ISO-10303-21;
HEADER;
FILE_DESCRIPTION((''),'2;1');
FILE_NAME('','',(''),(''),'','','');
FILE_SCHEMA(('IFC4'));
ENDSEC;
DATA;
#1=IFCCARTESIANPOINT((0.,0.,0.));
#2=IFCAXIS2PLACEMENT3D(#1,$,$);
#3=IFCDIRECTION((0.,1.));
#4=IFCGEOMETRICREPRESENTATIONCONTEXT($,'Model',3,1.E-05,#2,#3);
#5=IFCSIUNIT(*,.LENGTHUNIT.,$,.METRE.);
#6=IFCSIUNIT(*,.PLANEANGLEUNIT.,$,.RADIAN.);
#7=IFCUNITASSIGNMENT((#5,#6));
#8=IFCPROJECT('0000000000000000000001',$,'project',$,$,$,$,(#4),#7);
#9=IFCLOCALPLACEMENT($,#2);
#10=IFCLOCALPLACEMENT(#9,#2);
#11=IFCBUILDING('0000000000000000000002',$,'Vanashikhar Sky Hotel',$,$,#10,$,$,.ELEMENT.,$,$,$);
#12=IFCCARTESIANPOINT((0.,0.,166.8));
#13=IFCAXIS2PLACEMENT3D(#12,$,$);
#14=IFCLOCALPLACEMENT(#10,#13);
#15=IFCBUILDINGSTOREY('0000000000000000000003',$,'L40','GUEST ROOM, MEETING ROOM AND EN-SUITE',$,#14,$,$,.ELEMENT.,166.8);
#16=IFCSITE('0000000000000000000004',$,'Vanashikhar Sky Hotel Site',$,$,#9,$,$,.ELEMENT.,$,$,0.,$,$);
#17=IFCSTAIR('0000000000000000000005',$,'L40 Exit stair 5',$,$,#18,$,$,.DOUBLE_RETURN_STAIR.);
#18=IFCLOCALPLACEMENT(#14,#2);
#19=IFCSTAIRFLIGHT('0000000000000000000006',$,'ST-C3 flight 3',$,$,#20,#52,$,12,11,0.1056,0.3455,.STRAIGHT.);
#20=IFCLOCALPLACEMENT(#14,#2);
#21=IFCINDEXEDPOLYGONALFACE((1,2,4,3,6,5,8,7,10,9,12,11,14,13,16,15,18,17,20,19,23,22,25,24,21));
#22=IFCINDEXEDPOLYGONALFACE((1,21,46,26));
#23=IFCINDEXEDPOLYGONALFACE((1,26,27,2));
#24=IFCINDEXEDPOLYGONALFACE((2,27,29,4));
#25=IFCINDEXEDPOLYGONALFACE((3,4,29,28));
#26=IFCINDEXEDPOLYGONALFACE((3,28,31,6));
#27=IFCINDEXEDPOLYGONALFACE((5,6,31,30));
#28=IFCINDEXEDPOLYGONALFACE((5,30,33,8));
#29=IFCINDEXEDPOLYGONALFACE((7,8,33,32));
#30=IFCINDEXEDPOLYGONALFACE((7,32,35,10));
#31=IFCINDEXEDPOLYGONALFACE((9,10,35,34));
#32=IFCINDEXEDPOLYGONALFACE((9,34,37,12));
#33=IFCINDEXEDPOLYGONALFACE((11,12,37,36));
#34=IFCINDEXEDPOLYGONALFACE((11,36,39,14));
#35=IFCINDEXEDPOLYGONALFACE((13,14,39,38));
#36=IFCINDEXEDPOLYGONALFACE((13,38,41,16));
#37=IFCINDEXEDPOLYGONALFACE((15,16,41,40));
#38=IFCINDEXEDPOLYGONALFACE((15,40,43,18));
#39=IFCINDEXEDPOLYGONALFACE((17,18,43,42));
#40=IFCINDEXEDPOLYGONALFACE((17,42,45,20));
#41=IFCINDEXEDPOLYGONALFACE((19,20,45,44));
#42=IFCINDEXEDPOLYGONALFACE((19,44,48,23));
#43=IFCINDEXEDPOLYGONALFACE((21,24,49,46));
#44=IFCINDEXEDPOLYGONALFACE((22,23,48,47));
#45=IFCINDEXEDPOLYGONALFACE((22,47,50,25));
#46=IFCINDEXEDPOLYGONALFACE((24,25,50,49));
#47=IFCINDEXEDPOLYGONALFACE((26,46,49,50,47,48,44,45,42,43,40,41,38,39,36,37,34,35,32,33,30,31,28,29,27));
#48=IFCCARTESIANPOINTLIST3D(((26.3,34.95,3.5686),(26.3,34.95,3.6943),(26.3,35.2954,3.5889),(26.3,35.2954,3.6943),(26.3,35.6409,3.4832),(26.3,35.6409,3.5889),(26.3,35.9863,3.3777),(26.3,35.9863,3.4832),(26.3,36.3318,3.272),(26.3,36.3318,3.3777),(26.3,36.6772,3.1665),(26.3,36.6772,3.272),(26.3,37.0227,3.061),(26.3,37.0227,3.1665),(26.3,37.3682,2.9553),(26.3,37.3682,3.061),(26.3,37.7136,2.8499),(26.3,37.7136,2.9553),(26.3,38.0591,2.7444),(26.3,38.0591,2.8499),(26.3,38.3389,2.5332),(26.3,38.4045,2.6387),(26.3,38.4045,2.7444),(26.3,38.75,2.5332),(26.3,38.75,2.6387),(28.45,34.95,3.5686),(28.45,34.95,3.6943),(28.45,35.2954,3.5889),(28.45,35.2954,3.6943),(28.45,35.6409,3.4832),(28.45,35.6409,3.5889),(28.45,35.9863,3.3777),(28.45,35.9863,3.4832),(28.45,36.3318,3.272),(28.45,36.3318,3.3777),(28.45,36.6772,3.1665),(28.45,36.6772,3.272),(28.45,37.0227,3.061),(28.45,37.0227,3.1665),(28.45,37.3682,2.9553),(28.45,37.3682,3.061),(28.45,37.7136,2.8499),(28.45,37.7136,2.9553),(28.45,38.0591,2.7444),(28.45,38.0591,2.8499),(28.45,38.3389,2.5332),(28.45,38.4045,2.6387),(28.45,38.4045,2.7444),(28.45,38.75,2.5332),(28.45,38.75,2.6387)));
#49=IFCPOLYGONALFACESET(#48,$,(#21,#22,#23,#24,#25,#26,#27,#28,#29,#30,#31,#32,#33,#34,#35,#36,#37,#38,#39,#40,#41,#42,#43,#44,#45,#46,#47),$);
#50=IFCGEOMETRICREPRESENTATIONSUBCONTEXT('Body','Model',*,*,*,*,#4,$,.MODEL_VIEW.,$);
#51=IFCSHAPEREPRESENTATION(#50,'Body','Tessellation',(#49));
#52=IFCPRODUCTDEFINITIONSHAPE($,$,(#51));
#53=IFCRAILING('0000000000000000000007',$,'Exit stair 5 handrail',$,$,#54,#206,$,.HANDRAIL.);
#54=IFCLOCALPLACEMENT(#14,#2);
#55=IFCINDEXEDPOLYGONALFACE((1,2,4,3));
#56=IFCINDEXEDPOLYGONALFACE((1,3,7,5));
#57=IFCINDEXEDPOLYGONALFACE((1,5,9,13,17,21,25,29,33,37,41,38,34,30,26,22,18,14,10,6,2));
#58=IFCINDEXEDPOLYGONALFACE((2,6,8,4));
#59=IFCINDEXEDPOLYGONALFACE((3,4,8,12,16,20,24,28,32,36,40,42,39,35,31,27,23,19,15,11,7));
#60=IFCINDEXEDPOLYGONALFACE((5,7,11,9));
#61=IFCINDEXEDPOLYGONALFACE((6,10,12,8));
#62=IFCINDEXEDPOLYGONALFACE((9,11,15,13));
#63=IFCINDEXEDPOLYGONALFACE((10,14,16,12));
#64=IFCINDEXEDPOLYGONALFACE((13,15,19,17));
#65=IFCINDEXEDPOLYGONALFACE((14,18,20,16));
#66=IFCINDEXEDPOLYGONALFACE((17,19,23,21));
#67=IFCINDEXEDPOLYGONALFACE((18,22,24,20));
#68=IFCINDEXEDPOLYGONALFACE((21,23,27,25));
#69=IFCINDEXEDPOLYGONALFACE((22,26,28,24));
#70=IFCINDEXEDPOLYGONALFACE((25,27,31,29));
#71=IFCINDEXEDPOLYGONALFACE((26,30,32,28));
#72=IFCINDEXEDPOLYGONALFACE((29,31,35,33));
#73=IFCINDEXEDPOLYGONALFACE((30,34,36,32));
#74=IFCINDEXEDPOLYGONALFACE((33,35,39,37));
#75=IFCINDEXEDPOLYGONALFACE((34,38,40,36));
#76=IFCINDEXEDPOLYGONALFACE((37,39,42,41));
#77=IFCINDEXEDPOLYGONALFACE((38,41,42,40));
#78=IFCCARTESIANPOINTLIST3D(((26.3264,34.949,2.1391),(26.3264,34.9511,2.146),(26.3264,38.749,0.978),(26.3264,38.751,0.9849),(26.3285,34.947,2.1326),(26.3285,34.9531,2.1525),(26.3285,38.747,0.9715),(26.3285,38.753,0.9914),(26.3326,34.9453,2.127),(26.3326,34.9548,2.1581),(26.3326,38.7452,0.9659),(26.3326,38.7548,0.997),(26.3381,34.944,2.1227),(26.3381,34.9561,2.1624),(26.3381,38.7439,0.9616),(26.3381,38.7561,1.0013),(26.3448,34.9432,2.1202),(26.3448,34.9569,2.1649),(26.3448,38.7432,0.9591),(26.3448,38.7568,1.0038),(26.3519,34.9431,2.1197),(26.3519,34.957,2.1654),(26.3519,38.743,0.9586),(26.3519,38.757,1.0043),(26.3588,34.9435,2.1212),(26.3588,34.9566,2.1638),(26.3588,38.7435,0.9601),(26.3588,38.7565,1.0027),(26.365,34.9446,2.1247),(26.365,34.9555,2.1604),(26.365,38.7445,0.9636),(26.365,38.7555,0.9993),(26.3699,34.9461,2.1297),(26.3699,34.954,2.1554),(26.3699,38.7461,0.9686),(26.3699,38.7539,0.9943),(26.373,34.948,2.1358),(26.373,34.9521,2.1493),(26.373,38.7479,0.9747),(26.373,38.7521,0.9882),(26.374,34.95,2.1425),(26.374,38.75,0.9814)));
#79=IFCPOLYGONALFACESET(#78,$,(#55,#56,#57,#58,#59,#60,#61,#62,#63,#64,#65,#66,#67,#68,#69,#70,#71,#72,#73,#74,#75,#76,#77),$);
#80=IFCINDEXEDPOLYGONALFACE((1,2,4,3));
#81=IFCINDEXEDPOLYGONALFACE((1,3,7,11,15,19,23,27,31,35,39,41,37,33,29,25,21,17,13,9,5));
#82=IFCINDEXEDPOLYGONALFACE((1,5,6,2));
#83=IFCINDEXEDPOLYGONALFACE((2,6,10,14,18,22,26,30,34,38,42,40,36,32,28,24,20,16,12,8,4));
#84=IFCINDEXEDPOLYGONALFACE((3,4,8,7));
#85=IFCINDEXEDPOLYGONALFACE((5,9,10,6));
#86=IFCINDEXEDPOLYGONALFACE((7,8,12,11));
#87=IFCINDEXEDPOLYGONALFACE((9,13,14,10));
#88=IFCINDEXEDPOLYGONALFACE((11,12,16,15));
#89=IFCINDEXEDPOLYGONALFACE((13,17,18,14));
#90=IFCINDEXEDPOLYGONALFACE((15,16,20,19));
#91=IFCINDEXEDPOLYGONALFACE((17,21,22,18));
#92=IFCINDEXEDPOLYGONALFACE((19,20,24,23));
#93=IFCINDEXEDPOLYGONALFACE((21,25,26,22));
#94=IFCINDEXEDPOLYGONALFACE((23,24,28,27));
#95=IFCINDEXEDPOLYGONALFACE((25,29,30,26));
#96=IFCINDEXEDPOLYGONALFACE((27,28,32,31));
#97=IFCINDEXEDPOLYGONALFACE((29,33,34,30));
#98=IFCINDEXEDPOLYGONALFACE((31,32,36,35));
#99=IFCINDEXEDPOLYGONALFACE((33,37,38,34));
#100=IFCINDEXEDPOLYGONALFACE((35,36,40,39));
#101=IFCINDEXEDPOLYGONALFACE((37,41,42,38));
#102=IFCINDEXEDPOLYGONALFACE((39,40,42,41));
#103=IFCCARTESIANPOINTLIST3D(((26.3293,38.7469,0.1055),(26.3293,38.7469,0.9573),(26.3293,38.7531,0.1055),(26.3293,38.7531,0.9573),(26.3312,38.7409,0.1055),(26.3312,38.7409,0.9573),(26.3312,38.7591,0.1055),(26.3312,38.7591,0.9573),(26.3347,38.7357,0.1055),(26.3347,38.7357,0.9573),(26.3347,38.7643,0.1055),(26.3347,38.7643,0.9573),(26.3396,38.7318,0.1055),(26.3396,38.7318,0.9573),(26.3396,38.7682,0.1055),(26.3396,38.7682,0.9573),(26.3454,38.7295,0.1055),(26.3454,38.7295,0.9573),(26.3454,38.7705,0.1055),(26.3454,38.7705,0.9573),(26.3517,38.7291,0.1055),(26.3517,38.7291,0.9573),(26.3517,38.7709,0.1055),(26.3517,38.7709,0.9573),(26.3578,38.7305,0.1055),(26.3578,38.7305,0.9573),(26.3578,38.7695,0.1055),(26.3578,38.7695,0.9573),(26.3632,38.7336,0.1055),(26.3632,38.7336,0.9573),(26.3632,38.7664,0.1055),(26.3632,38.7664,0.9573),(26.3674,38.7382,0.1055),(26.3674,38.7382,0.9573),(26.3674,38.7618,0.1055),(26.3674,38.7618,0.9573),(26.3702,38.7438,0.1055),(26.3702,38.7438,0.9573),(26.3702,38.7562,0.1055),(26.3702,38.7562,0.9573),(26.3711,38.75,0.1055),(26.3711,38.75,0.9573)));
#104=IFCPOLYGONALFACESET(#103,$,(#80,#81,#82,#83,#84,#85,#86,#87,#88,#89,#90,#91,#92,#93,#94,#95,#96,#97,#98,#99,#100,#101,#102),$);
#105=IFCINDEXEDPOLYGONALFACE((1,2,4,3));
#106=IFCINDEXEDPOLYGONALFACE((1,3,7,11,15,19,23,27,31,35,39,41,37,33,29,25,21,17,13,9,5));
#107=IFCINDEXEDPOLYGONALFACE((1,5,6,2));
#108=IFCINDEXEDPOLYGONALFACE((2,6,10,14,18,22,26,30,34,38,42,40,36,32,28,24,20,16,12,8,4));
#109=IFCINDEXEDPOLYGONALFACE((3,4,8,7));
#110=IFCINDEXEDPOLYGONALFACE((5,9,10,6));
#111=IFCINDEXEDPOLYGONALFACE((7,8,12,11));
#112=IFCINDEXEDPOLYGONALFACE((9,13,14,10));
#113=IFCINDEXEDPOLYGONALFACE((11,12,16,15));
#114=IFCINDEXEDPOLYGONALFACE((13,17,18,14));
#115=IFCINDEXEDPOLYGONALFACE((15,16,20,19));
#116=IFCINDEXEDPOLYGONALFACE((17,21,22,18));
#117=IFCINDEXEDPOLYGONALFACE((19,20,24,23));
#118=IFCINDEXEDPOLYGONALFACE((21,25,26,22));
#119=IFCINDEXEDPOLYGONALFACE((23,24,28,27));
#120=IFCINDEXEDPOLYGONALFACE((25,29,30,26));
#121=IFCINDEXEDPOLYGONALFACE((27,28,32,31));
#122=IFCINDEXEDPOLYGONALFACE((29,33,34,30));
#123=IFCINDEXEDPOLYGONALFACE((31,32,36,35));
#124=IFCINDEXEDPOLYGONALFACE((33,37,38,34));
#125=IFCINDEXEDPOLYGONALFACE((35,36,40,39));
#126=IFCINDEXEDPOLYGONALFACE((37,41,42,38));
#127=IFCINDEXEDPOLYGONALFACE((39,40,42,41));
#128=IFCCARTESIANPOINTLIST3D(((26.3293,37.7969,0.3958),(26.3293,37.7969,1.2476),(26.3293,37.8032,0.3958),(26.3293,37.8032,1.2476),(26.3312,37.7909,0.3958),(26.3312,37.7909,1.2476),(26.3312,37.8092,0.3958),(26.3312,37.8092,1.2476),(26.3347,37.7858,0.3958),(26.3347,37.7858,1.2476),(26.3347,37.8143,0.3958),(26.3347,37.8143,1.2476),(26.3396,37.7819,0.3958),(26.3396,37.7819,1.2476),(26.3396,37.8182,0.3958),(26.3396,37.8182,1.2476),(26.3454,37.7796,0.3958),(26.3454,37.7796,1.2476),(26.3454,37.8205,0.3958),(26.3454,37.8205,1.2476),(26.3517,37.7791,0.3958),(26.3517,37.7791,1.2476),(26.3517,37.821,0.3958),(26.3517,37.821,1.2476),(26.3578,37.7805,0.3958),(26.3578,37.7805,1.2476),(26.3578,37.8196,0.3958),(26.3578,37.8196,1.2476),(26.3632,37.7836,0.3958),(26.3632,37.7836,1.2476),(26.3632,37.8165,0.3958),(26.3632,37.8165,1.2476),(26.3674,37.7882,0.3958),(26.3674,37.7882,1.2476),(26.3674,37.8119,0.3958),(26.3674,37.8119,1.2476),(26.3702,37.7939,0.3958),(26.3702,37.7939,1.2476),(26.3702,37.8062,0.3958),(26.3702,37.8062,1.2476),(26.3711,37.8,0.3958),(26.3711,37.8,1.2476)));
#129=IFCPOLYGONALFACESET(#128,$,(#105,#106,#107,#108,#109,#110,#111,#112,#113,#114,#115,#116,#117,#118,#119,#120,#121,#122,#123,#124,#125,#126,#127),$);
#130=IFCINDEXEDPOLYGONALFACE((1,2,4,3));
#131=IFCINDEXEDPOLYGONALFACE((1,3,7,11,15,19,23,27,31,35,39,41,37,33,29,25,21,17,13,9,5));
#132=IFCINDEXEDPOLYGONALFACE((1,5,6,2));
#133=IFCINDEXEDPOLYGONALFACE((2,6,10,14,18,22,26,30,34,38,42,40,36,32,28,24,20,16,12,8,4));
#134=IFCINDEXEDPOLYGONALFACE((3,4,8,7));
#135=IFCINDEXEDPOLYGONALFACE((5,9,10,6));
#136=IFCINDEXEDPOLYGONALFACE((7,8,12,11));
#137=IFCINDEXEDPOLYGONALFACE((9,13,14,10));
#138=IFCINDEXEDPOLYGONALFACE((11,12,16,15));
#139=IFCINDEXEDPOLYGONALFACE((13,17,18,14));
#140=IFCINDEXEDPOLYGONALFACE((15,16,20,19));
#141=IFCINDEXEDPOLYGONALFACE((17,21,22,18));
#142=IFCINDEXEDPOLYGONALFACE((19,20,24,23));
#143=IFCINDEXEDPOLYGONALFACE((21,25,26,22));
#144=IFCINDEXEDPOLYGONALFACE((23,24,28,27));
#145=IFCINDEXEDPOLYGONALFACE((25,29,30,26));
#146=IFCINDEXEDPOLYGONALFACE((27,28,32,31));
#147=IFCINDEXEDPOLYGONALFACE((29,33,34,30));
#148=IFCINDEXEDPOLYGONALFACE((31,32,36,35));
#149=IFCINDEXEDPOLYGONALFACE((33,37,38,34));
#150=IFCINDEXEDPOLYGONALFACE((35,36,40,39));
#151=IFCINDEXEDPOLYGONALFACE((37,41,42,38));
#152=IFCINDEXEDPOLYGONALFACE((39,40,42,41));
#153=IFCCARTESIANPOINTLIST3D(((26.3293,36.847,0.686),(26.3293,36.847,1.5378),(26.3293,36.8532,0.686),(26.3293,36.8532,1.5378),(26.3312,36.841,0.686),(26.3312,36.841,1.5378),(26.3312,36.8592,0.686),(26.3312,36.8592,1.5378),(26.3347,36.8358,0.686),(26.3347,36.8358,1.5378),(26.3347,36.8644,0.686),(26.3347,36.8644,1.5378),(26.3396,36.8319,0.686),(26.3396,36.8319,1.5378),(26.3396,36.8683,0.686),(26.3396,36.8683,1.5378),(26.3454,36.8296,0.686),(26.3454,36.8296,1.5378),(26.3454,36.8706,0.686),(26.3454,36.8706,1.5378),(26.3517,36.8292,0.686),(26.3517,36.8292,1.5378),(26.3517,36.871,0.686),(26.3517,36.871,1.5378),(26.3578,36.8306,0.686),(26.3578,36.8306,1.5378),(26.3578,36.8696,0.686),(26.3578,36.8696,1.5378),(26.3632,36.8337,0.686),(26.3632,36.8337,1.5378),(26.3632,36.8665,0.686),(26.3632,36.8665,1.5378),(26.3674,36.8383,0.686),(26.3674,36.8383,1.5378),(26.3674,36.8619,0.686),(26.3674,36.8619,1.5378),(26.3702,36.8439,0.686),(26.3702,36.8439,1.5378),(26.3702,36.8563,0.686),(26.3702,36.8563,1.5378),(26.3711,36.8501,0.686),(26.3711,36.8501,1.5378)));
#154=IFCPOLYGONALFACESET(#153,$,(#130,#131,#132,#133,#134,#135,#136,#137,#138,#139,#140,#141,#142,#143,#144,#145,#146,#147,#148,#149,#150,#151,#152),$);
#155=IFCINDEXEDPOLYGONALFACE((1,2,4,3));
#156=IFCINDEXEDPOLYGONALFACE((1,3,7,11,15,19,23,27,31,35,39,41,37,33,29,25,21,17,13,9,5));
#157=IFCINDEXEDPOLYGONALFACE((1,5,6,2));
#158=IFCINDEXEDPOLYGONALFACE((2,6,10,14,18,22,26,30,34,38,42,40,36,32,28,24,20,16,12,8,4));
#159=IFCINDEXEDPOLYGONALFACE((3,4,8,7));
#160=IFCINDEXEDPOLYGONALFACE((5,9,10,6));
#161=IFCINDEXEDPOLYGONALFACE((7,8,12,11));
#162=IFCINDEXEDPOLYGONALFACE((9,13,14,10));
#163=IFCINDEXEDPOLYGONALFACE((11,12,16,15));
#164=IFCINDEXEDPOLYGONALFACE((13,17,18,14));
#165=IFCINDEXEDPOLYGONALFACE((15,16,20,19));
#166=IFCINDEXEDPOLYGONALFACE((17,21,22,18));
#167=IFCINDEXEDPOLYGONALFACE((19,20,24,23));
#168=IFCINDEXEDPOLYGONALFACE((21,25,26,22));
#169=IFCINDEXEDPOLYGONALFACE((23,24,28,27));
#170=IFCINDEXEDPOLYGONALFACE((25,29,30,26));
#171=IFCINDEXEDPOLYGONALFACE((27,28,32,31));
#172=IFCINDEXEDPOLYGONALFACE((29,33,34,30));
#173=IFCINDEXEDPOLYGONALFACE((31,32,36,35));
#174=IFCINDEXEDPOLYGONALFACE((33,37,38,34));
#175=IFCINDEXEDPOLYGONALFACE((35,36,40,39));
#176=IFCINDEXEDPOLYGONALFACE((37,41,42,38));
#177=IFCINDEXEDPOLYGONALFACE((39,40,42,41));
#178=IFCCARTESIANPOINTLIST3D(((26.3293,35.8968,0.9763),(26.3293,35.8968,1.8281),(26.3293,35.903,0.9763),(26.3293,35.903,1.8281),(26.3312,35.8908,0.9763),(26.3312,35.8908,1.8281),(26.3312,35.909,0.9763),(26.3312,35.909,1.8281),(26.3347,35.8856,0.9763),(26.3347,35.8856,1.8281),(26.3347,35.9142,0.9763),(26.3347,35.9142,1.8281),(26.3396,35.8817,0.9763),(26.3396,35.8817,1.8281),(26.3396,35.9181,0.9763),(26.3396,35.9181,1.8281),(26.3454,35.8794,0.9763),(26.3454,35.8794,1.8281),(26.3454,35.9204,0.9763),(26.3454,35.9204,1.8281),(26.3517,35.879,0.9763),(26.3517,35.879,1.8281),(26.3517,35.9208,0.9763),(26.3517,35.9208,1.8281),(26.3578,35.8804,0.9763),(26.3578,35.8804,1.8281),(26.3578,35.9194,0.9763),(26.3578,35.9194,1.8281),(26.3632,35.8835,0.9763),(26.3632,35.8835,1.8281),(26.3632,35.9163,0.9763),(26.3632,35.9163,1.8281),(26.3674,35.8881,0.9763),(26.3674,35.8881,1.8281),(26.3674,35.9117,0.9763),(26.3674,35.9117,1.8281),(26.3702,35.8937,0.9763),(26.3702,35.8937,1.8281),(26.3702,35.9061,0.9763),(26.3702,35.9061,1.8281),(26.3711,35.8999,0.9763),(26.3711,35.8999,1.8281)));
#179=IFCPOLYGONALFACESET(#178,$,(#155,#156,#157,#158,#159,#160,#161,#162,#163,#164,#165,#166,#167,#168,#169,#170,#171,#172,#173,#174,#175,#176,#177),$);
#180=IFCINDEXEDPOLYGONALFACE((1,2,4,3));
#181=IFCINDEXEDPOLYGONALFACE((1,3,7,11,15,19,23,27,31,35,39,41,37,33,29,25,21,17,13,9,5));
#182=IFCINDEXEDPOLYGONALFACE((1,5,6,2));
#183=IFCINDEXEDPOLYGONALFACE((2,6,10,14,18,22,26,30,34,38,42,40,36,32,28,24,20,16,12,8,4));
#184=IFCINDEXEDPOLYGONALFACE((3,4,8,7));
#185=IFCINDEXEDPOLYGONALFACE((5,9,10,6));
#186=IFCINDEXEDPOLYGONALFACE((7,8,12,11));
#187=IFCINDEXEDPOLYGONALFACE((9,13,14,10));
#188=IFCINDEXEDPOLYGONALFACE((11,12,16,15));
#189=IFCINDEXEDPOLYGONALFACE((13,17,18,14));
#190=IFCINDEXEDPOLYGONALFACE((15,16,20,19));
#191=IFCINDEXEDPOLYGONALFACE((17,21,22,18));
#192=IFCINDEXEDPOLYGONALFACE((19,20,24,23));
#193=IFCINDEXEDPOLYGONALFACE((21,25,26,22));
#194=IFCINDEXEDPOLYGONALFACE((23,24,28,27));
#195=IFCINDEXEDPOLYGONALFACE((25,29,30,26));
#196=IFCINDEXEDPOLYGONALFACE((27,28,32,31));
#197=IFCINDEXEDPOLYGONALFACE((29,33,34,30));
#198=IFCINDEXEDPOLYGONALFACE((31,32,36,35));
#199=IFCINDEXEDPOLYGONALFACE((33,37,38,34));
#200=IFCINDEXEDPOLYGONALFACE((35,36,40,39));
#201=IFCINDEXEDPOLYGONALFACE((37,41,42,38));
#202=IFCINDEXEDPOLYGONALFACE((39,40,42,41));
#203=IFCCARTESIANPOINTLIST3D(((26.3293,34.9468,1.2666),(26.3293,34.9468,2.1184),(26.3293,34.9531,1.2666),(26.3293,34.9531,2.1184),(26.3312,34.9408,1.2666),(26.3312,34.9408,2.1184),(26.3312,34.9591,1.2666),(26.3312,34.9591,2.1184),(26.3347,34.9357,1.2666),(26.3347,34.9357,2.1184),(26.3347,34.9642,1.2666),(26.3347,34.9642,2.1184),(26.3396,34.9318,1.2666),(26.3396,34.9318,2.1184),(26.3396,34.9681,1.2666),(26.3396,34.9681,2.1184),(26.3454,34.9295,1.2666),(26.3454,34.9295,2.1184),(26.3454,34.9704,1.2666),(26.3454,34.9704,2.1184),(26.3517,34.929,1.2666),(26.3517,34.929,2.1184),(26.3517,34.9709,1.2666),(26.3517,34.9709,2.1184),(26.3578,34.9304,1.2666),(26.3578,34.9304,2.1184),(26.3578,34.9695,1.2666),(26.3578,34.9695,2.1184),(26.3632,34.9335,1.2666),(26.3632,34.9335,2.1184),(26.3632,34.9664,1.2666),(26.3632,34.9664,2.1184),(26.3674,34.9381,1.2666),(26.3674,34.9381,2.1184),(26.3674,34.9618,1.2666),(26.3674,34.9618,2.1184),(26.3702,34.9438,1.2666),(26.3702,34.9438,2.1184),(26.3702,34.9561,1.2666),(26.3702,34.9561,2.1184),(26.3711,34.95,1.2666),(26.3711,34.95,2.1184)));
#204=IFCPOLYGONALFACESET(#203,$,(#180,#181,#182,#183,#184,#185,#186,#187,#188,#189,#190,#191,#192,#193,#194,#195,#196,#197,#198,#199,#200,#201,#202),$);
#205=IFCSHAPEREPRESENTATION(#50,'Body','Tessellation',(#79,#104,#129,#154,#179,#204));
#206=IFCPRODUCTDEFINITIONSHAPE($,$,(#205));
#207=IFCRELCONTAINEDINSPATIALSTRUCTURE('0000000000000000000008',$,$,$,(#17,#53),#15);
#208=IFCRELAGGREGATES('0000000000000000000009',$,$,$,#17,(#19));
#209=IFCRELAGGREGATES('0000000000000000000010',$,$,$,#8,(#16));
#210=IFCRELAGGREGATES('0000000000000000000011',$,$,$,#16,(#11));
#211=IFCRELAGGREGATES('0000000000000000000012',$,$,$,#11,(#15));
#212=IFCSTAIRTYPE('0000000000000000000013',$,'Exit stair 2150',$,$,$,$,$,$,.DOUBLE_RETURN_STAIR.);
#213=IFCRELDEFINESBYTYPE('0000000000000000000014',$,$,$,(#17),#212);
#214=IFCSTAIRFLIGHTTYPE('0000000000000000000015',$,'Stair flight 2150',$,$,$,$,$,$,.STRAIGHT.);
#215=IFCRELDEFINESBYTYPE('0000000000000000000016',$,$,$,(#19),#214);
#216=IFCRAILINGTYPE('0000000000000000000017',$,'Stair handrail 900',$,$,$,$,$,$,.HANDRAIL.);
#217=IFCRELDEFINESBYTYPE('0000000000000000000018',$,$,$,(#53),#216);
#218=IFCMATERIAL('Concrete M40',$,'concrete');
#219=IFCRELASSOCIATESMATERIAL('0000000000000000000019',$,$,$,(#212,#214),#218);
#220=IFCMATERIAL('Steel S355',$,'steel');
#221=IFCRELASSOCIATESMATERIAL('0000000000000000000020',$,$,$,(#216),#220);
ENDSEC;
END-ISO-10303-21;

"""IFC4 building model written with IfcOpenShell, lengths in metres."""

from ifc_helpers import new_model, si_unit, direction, frame, origin, origin_2d, place, context, subcontext, project, spatial, polyline, circle, outline, extrude, source, transform, mapped, material, type_object, element, aggregate, save


model = new_model("IFC4")

# Units and contexts
model_context = context("Model", 3, precision=1e-05, world=origin(), true_north=direction((0.0, 1.0)))
body_context = subcontext(model_context, "Body", "Model", "MODEL_VIEW")
ifc_project = project(units=[si_unit("LENGTHUNIT", "METRE"), si_unit("PLANEANGLEUNIT", "RADIAN")], contexts=[model_context])

# Site, building, storey
site_placement = place(None, origin())
site = spatial("IfcSite", under=ifc_project, at=site_placement, Name="Vanashikhar Sky Hotel Site", CompositionType="ELEMENT", RefElevation=0.0)
building_placement = place(site_placement, origin())
building = spatial("IfcBuilding", under=site, at=building_placement, Name="Vanashikhar Sky Hotel", CompositionType="ELEMENT")
storey_placement = place(building_placement, frame((0.0, 0.0, 166.8)))
storey = spatial("IfcBuildingStorey", under=building, at=storey_placement, Name="L40", Description="GUEST ROOM, MEETING ROOM AND EN-SUITE", CompositionType="ELEMENT", Elevation=166.8)

# Stair, stair flight
ifc_material_1 = material(Name="Concrete M40", Category="concrete")
stair_type = type_object("IfcStairType", Name="Exit stair 2150", PredefinedType="DOUBLE_RETURN_STAIR", material=ifc_material_1)
stair_placement = place(storey_placement, origin())
stair = element("IfcStair", 1, at=stair_placement, inside=storey, type_object=stair_type, Name="L40 Exit stair 5", PredefinedType="DOUBLE_RETURN_STAIR")
stair_flight_type = type_object("IfcStairFlightType", Name="Stair flight 2150", PredefinedType="STRAIGHT", material=ifc_material_1)
shared_shape_1 = source(origin(), body_context, "Body", "SweptSolid", [
    extrude(outline(polyline([(0.0, 0.0), (0.0, 0.1055), (0.3455, 0.1055), (0.3455, 0.2112), (0.6909, 0.2112), (0.6909, 0.3167), (1.0364, 0.3167), (1.0364, 0.4221), (1.3818, 0.4221), (1.3818, 0.5278), (1.7273, 0.5278), (1.7273, 0.6333), (2.0728, 0.6333), (2.0728, 0.7388), (2.4182, 0.7388), (2.4182, 0.8445), (2.7637, 0.8445), (2.7637, 0.95), (3.1091, 0.95), (3.1091, 1.0557), (3.4546, 1.0557), (3.4546, 1.1611), (3.8, 1.1611), (3.8, 1.2666), (3.8, 1.0354), (0.4111, 0.0), (0.0, 0.0)])), frame((0.0, 1.075, 0.0), z_axis=(0.0, -1.0, 0.0), x_axis=(1.0, 0.0, 0.0)), (0.0, 0.0, 1.0), 2.1499),
])
stair_flight_1_placement = place(storey_placement, frame((27.375, 38.75, 2.5332), z_axis=(0.0, 0.0, 1.0), x_axis=(0.0, -1.0, 0.0)))
stair_flight_1 = element("IfcStairFlight", 2, at=stair_flight_1_placement, type_object=stair_flight_type, Name="ST-C3 flight 3", NumberOfRisers=12, NumberOfTreads=11, PredefinedType="STRAIGHT", RiserHeight=0.1056, TreadLength=0.3455, context=body_context, shape_type="MappedRepresentation", body=[
    mapped(shared_shape_1, transform((0.0, 0.0, 0.0), scale=1.0)),
])
aggregate(stair, [stair_flight_1])

# Railing
ifc_material_2 = material(Name="Steel S355", Category="steel")
railing_type_1 = type_object("IfcRailingType", Name="Stair handrail 900", PredefinedType="HANDRAIL", material=ifc_material_2)
shared_shape_2 = source(origin(), body_context, "Body", "SweptSolid", [
    extrude(circle(Radius=0.0239, at=origin_2d()), frame((0.0, 0.0, 0.876), z_axis=(0.0, -0.956351, 0.29222), x_axis=(1.0, 0.0, 0.0)), (0.0, 0.0, 1.0), 3.9734),
    extrude(circle(Radius=0.021, at=origin_2d()), origin(), (0.0, 0.0, 1.0), 0.8518),
    extrude(circle(Radius=0.021, at=origin_2d()), frame((0.0, -0.95, 0.2903)), (0.0, 0.0, 1.0), 0.8518),
    extrude(circle(Radius=0.021, at=origin_2d()), frame((0.0, -1.8999, 0.5806)), (0.0, 0.0, 1.0), 0.8518),
    extrude(circle(Radius=0.021, at=origin_2d()), frame((0.0, -2.8501, 0.8708)), (0.0, 0.0, 1.0), 0.8518),
    extrude(circle(Radius=0.021, at=origin_2d()), frame((0.0, -3.8, 1.1611)), (0.0, 0.0, 1.0), 0.8518),
])
for number, where, name in (
    (3, (26.3501, 38.75, 0.1055), "Exit stair 5 handrail"),
):
    element("IfcRailing", number, at=place(storey_placement, frame(where)), inside=storey, type_object=railing_type_1, Name=name, PredefinedType="HANDRAIL", context=body_context, shape_type="MappedRepresentation", body=[
        mapped(shared_shape_2, transform((0.0, 0.0, 0.0), scale=1.0)),
    ])

save(model, "model.ifc")
